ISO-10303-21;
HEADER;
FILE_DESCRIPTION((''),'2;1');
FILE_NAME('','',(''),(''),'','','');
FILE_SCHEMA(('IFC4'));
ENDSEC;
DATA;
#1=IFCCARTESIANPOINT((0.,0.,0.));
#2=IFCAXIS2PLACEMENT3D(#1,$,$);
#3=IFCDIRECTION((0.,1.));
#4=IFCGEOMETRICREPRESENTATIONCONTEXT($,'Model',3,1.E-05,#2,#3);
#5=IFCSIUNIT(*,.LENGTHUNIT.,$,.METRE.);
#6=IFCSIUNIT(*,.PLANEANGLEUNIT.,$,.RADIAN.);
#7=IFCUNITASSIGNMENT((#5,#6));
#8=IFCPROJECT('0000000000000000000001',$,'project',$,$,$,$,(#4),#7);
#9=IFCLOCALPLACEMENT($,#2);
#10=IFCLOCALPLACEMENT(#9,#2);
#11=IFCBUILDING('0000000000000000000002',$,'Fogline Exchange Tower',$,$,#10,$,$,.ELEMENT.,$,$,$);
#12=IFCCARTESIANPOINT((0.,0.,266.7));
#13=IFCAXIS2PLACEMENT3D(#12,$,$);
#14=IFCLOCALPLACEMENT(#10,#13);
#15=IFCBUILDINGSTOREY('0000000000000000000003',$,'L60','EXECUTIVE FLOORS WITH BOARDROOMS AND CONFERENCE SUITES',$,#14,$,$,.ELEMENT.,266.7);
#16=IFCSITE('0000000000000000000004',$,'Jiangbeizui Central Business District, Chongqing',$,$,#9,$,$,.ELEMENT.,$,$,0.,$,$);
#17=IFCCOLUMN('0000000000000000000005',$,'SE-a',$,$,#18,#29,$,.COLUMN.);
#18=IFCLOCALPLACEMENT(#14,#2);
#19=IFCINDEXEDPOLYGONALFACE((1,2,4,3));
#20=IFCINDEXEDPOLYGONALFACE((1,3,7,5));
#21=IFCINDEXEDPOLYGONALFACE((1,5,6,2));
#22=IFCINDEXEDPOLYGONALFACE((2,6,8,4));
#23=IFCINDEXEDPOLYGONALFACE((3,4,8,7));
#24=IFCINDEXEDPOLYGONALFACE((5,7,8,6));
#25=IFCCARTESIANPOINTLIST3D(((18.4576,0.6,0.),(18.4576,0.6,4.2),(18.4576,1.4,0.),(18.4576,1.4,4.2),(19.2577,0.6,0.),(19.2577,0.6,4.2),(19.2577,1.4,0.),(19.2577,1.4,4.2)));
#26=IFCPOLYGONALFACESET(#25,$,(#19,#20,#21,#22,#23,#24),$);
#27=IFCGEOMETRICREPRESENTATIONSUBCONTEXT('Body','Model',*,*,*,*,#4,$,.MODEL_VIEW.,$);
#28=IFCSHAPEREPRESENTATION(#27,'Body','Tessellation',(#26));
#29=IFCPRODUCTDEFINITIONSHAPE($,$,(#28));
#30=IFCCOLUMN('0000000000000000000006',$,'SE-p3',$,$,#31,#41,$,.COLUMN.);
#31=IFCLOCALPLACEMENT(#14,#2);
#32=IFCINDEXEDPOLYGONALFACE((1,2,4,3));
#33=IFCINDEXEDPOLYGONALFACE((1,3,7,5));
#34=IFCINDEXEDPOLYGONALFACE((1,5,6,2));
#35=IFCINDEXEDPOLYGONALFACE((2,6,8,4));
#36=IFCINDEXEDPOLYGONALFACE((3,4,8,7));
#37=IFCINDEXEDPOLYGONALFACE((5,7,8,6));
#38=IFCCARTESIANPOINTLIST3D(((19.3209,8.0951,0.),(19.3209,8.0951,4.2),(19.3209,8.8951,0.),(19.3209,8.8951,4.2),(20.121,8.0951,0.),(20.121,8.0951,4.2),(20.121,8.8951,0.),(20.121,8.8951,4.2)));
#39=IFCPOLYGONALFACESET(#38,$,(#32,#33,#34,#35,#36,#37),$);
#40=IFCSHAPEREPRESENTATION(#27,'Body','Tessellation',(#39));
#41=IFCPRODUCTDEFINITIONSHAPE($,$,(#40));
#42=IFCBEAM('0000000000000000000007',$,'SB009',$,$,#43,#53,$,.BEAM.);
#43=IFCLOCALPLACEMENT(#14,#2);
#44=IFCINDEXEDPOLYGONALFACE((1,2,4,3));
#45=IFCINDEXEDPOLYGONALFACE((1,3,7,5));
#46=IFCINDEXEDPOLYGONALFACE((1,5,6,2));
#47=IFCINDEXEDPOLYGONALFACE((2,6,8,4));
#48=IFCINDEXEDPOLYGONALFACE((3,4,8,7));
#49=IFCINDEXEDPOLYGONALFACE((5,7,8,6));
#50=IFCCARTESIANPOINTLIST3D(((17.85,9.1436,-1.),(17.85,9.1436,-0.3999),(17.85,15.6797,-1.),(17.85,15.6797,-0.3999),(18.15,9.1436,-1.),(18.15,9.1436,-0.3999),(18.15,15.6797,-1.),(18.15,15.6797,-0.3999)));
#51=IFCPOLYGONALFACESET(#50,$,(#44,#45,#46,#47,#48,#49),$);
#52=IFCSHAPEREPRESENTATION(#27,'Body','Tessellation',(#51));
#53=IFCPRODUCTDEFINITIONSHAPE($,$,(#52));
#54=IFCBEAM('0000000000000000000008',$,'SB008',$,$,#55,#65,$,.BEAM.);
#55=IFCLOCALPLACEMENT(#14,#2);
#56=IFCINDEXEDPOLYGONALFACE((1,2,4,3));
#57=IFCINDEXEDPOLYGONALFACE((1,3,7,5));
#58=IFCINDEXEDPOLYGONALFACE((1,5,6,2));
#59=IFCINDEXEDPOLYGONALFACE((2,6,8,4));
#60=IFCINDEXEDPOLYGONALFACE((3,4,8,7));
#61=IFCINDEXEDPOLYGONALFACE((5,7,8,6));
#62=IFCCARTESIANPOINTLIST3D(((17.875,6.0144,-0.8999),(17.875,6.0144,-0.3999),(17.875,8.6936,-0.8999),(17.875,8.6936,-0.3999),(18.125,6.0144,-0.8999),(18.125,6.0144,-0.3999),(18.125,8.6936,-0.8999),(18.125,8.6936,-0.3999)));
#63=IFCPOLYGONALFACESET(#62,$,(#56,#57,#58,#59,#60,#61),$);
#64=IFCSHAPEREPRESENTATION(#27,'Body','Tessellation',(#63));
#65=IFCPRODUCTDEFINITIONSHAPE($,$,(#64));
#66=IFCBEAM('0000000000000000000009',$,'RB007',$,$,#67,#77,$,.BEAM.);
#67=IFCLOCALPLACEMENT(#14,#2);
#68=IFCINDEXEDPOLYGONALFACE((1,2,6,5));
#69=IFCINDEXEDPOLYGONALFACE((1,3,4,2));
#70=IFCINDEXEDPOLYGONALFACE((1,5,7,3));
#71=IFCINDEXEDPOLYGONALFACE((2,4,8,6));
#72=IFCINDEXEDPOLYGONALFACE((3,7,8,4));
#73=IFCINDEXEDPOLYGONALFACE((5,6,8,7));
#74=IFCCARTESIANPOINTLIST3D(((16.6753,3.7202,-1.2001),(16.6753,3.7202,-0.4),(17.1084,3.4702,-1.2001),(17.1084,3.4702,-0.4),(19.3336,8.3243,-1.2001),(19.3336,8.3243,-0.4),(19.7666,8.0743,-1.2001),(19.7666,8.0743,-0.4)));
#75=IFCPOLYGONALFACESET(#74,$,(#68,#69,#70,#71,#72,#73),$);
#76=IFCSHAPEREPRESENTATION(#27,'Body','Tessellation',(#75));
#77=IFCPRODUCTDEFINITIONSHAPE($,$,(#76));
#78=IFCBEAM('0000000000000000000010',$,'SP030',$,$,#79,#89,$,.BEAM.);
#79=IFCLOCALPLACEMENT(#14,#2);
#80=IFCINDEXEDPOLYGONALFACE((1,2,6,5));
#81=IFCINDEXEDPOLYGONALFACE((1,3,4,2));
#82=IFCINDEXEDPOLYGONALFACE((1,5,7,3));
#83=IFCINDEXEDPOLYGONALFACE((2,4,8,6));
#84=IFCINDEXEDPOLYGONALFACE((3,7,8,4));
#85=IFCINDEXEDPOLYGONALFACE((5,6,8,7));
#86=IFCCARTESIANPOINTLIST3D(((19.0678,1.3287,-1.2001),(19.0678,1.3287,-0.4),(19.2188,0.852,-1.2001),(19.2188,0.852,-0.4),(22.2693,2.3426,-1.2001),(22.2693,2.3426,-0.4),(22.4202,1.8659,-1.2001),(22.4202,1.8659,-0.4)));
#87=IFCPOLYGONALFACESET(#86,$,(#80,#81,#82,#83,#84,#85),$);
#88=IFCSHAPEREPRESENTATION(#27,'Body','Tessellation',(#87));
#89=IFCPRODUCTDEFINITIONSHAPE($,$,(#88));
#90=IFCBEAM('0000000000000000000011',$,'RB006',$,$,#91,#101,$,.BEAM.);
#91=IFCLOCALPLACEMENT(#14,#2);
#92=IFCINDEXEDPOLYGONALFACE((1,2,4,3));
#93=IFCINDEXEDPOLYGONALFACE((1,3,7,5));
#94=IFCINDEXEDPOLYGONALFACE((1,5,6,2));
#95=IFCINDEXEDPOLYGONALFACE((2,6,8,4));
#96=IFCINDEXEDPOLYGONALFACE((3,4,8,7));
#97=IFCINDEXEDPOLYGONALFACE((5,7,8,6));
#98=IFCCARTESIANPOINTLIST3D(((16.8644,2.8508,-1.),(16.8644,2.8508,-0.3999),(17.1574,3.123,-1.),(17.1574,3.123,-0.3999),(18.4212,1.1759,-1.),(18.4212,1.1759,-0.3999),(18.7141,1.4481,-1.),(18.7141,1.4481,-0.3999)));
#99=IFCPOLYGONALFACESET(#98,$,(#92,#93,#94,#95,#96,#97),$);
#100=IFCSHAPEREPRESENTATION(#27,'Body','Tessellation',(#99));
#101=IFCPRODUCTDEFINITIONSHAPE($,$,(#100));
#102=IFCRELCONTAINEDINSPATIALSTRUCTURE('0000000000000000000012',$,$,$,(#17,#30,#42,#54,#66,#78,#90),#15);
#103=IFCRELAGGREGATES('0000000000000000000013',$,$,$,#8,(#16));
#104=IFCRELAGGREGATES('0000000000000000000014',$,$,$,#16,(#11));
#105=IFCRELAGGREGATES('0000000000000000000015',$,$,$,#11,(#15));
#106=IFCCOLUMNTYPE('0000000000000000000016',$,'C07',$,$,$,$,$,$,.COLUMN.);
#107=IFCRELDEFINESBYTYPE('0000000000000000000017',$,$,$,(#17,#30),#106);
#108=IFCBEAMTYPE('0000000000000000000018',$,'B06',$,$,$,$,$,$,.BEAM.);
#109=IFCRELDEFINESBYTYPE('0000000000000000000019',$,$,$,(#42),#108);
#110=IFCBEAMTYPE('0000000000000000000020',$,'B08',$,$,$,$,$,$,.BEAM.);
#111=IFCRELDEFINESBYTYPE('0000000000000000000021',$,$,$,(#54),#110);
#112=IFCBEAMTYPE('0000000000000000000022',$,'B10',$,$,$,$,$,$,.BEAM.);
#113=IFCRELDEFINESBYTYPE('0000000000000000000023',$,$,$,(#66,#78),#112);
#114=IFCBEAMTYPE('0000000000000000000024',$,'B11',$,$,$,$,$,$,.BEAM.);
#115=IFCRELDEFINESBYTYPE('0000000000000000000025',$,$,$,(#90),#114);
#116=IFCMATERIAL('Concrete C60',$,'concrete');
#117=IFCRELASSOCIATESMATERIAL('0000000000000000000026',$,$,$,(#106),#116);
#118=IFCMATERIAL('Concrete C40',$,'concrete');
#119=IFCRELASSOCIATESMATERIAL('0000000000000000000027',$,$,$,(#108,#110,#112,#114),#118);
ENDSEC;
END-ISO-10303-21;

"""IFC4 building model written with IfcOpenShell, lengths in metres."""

from ifc_helpers import new_model, si_unit, direction, frame, origin, origin_2d, place, context, subcontext, project, spatial, rectangle, extrude, material, material_profile, profile_set, type_object, element, save


model = new_model("IFC4")

# Units and contexts
model_context = context("Model", 3, precision=1e-05, world=origin(), true_north=direction((0.0, 1.0)))
body_context = subcontext(model_context, "Body", "Model", "MODEL_VIEW")
ifc_project = project(units=[si_unit("LENGTHUNIT", "METRE"), si_unit("PLANEANGLEUNIT", "RADIAN")], contexts=[model_context])

# Site, building, storey
site_placement = place(None, origin())
site = spatial("IfcSite", under=ifc_project, at=site_placement, Name="Jiangbeizui Central Business District, Chongqing", CompositionType="ELEMENT", RefElevation=0.0)
building_placement = place(site_placement, origin())
building = spatial("IfcBuilding", under=site, at=building_placement, Name="Fogline Exchange Tower", CompositionType="ELEMENT")
storey_placement = place(building_placement, frame((0.0, 0.0, 266.7)))
storey = spatial("IfcBuildingStorey", under=building, at=storey_placement, Name="L60", Description="EXECUTIVE FLOORS WITH BOARDROOMS AND CONFERENCE SUITES", CompositionType="ELEMENT", Elevation=266.7)

# Columns
ifc_material_1 = material(Name="Concrete C60", Category="concrete")
ifc_material_profile_1 = material_profile(ifc_material_1, rectangle(XDim=0.8, YDim=0.8, at=origin_2d()), Name="RC 800x800")
ifc_profile_set_1 = profile_set([ifc_material_profile_1], Name="Concrete C60")
column_type = type_object("IfcColumnType", Name="C07", PredefinedType="COLUMN", material=ifc_profile_set_1)
for number, where, z_axis, x_axis, name in (
    (1, (18.8577, 1.0, 0.0), (0.0, 0.0, 1.0), (1.0, 0.0, 0.0), "SE-a"),
    (2, (19.7209, 8.4951, 0.0), (0.0, 0.0, 1.0), (1.0, 0.0, 0.0), "SE-p3"),
):
    element("IfcColumn", number, at=place(storey_placement, frame(where, z_axis=z_axis, x_axis=x_axis)), inside=storey, type_object=column_type, Name=name, PredefinedType="COLUMN", context=body_context, shape_type="SweptSolid", body=[
        extrude(rectangle(XDim=0.8, YDim=0.8, at=origin_2d()), origin(), (0.0, 0.0, 1.0), 4.2),
    ])

# Beams
ifc_material_2 = material(Name="Concrete C40", Category="concrete")
ifc_material_profile_2 = material_profile(ifc_material_2, rectangle(XDim=0.3, YDim=0.6001, at=origin_2d()), Name="RC 300x600")
ifc_profile_set_2 = profile_set([ifc_material_profile_2], Name="Concrete C40")
beam_type_1 = type_object("IfcBeamType", Name="B06", PredefinedType="BEAM", material=ifc_profile_set_2)
beam_1_placement = place(storey_placement, frame((18.0, 9.1436, -0.7), z_axis=(0.0, 1.0, 0.0), x_axis=(-1.0, 0.0, 0.0)))
element("IfcBeam", 3, at=beam_1_placement, inside=storey, type_object=beam_type_1, Name="SB009", PredefinedType="BEAM", context=body_context, shape_type="SweptSolid", body=[
    extrude(rectangle(XDim=0.3, YDim=0.6001, at=origin_2d()), origin(), (0.0, 0.0, 1.0), 6.5361),
])
ifc_material_profile_3 = material_profile(ifc_material_2, rectangle(XDim=0.25, YDim=0.5, at=origin_2d()), Name="RC 250x500")
ifc_profile_set_3 = profile_set([ifc_material_profile_3], Name="Concrete C40")
beam_type_2 = type_object("IfcBeamType", Name="B08", PredefinedType="BEAM", material=ifc_profile_set_3)
beam_2_placement = place(storey_placement, frame((18.0, 6.0144, -0.6499), z_axis=(0.0, 1.0, 0.0), x_axis=(-1.0, 0.0, 0.0)))
element("IfcBeam", 4, at=beam_2_placement, inside=storey, type_object=beam_type_2, Name="SB008", PredefinedType="BEAM", context=body_context, shape_type="SweptSolid", body=[
    extrude(rectangle(XDim=0.25, YDim=0.5, at=origin_2d()), origin(), (0.0, 0.0, 1.0), 2.6792),
])
ifc_material_profile_4 = material_profile(ifc_material_2, rectangle(XDim=0.5, YDim=0.8, at=origin_2d()), Name="RC 500x800")
ifc_profile_set_4 = profile_set([ifc_material_profile_4], Name="Concrete C40")
beam_type_3 = type_object("IfcBeamType", Name="B10", PredefinedType="BEAM", material=ifc_profile_set_4)
beam_3_placement = place(storey_placement, frame((16.8918, 3.5952, -0.8), z_axis=(0.500011, 0.866019, 0.0), x_axis=(-0.866019, 0.500011, 0.0)))
element("IfcBeam", 5, at=beam_3_placement, inside=storey, type_object=beam_type_3, Name="RB007", PredefinedType="BEAM", context=body_context, shape_type="SweptSolid", body=[
    extrude(rectangle(XDim=0.5, YDim=0.8, at=origin_2d()), origin(), (0.0, 0.0, 1.0), 5.3164),
])
beam_4_placement = place(storey_placement, frame((19.1433, 1.0903, -0.8), z_axis=(0.953331, 0.301928, 0.0), x_axis=(-0.301928, 0.953331, 0.0)))
element("IfcBeam", 6, at=beam_4_placement, inside=storey, type_object=beam_type_3, Name="SP030", PredefinedType="BEAM", context=body_context, shape_type="SweptSolid", body=[
    extrude(rectangle(XDim=0.5, YDim=0.8, at=origin_2d()), origin(), (0.0, 0.0, 1.0), 3.3582),
])
ifc_material_profile_5 = material_profile(ifc_material_2, rectangle(XDim=0.3999, YDim=0.6001, at=origin_2d()), Name="RC 400x600")
ifc_profile_set_5 = profile_set([ifc_material_profile_5], Name="Concrete C40")
beam_type_4 = type_object("IfcBeamType", Name="B11", PredefinedType="BEAM", material=ifc_profile_set_5)
beam_5_placement = place(storey_placement, frame((18.5676, 1.312, -0.7), z_axis=(-0.680795, 0.732474, 0.0), x_axis=(-0.732474, -0.680795, 0.0)))
element("IfcBeam", 7, at=beam_5_placement, inside=storey, type_object=beam_type_4, Name="RB006", PredefinedType="BEAM", context=body_context, shape_type="SweptSolid", body=[
    extrude(rectangle(XDim=0.3999, YDim=0.6001, at=origin_2d()), origin(), (0.0, 0.0, 1.0), 2.2866),
])

save(model, "model.ifc")
